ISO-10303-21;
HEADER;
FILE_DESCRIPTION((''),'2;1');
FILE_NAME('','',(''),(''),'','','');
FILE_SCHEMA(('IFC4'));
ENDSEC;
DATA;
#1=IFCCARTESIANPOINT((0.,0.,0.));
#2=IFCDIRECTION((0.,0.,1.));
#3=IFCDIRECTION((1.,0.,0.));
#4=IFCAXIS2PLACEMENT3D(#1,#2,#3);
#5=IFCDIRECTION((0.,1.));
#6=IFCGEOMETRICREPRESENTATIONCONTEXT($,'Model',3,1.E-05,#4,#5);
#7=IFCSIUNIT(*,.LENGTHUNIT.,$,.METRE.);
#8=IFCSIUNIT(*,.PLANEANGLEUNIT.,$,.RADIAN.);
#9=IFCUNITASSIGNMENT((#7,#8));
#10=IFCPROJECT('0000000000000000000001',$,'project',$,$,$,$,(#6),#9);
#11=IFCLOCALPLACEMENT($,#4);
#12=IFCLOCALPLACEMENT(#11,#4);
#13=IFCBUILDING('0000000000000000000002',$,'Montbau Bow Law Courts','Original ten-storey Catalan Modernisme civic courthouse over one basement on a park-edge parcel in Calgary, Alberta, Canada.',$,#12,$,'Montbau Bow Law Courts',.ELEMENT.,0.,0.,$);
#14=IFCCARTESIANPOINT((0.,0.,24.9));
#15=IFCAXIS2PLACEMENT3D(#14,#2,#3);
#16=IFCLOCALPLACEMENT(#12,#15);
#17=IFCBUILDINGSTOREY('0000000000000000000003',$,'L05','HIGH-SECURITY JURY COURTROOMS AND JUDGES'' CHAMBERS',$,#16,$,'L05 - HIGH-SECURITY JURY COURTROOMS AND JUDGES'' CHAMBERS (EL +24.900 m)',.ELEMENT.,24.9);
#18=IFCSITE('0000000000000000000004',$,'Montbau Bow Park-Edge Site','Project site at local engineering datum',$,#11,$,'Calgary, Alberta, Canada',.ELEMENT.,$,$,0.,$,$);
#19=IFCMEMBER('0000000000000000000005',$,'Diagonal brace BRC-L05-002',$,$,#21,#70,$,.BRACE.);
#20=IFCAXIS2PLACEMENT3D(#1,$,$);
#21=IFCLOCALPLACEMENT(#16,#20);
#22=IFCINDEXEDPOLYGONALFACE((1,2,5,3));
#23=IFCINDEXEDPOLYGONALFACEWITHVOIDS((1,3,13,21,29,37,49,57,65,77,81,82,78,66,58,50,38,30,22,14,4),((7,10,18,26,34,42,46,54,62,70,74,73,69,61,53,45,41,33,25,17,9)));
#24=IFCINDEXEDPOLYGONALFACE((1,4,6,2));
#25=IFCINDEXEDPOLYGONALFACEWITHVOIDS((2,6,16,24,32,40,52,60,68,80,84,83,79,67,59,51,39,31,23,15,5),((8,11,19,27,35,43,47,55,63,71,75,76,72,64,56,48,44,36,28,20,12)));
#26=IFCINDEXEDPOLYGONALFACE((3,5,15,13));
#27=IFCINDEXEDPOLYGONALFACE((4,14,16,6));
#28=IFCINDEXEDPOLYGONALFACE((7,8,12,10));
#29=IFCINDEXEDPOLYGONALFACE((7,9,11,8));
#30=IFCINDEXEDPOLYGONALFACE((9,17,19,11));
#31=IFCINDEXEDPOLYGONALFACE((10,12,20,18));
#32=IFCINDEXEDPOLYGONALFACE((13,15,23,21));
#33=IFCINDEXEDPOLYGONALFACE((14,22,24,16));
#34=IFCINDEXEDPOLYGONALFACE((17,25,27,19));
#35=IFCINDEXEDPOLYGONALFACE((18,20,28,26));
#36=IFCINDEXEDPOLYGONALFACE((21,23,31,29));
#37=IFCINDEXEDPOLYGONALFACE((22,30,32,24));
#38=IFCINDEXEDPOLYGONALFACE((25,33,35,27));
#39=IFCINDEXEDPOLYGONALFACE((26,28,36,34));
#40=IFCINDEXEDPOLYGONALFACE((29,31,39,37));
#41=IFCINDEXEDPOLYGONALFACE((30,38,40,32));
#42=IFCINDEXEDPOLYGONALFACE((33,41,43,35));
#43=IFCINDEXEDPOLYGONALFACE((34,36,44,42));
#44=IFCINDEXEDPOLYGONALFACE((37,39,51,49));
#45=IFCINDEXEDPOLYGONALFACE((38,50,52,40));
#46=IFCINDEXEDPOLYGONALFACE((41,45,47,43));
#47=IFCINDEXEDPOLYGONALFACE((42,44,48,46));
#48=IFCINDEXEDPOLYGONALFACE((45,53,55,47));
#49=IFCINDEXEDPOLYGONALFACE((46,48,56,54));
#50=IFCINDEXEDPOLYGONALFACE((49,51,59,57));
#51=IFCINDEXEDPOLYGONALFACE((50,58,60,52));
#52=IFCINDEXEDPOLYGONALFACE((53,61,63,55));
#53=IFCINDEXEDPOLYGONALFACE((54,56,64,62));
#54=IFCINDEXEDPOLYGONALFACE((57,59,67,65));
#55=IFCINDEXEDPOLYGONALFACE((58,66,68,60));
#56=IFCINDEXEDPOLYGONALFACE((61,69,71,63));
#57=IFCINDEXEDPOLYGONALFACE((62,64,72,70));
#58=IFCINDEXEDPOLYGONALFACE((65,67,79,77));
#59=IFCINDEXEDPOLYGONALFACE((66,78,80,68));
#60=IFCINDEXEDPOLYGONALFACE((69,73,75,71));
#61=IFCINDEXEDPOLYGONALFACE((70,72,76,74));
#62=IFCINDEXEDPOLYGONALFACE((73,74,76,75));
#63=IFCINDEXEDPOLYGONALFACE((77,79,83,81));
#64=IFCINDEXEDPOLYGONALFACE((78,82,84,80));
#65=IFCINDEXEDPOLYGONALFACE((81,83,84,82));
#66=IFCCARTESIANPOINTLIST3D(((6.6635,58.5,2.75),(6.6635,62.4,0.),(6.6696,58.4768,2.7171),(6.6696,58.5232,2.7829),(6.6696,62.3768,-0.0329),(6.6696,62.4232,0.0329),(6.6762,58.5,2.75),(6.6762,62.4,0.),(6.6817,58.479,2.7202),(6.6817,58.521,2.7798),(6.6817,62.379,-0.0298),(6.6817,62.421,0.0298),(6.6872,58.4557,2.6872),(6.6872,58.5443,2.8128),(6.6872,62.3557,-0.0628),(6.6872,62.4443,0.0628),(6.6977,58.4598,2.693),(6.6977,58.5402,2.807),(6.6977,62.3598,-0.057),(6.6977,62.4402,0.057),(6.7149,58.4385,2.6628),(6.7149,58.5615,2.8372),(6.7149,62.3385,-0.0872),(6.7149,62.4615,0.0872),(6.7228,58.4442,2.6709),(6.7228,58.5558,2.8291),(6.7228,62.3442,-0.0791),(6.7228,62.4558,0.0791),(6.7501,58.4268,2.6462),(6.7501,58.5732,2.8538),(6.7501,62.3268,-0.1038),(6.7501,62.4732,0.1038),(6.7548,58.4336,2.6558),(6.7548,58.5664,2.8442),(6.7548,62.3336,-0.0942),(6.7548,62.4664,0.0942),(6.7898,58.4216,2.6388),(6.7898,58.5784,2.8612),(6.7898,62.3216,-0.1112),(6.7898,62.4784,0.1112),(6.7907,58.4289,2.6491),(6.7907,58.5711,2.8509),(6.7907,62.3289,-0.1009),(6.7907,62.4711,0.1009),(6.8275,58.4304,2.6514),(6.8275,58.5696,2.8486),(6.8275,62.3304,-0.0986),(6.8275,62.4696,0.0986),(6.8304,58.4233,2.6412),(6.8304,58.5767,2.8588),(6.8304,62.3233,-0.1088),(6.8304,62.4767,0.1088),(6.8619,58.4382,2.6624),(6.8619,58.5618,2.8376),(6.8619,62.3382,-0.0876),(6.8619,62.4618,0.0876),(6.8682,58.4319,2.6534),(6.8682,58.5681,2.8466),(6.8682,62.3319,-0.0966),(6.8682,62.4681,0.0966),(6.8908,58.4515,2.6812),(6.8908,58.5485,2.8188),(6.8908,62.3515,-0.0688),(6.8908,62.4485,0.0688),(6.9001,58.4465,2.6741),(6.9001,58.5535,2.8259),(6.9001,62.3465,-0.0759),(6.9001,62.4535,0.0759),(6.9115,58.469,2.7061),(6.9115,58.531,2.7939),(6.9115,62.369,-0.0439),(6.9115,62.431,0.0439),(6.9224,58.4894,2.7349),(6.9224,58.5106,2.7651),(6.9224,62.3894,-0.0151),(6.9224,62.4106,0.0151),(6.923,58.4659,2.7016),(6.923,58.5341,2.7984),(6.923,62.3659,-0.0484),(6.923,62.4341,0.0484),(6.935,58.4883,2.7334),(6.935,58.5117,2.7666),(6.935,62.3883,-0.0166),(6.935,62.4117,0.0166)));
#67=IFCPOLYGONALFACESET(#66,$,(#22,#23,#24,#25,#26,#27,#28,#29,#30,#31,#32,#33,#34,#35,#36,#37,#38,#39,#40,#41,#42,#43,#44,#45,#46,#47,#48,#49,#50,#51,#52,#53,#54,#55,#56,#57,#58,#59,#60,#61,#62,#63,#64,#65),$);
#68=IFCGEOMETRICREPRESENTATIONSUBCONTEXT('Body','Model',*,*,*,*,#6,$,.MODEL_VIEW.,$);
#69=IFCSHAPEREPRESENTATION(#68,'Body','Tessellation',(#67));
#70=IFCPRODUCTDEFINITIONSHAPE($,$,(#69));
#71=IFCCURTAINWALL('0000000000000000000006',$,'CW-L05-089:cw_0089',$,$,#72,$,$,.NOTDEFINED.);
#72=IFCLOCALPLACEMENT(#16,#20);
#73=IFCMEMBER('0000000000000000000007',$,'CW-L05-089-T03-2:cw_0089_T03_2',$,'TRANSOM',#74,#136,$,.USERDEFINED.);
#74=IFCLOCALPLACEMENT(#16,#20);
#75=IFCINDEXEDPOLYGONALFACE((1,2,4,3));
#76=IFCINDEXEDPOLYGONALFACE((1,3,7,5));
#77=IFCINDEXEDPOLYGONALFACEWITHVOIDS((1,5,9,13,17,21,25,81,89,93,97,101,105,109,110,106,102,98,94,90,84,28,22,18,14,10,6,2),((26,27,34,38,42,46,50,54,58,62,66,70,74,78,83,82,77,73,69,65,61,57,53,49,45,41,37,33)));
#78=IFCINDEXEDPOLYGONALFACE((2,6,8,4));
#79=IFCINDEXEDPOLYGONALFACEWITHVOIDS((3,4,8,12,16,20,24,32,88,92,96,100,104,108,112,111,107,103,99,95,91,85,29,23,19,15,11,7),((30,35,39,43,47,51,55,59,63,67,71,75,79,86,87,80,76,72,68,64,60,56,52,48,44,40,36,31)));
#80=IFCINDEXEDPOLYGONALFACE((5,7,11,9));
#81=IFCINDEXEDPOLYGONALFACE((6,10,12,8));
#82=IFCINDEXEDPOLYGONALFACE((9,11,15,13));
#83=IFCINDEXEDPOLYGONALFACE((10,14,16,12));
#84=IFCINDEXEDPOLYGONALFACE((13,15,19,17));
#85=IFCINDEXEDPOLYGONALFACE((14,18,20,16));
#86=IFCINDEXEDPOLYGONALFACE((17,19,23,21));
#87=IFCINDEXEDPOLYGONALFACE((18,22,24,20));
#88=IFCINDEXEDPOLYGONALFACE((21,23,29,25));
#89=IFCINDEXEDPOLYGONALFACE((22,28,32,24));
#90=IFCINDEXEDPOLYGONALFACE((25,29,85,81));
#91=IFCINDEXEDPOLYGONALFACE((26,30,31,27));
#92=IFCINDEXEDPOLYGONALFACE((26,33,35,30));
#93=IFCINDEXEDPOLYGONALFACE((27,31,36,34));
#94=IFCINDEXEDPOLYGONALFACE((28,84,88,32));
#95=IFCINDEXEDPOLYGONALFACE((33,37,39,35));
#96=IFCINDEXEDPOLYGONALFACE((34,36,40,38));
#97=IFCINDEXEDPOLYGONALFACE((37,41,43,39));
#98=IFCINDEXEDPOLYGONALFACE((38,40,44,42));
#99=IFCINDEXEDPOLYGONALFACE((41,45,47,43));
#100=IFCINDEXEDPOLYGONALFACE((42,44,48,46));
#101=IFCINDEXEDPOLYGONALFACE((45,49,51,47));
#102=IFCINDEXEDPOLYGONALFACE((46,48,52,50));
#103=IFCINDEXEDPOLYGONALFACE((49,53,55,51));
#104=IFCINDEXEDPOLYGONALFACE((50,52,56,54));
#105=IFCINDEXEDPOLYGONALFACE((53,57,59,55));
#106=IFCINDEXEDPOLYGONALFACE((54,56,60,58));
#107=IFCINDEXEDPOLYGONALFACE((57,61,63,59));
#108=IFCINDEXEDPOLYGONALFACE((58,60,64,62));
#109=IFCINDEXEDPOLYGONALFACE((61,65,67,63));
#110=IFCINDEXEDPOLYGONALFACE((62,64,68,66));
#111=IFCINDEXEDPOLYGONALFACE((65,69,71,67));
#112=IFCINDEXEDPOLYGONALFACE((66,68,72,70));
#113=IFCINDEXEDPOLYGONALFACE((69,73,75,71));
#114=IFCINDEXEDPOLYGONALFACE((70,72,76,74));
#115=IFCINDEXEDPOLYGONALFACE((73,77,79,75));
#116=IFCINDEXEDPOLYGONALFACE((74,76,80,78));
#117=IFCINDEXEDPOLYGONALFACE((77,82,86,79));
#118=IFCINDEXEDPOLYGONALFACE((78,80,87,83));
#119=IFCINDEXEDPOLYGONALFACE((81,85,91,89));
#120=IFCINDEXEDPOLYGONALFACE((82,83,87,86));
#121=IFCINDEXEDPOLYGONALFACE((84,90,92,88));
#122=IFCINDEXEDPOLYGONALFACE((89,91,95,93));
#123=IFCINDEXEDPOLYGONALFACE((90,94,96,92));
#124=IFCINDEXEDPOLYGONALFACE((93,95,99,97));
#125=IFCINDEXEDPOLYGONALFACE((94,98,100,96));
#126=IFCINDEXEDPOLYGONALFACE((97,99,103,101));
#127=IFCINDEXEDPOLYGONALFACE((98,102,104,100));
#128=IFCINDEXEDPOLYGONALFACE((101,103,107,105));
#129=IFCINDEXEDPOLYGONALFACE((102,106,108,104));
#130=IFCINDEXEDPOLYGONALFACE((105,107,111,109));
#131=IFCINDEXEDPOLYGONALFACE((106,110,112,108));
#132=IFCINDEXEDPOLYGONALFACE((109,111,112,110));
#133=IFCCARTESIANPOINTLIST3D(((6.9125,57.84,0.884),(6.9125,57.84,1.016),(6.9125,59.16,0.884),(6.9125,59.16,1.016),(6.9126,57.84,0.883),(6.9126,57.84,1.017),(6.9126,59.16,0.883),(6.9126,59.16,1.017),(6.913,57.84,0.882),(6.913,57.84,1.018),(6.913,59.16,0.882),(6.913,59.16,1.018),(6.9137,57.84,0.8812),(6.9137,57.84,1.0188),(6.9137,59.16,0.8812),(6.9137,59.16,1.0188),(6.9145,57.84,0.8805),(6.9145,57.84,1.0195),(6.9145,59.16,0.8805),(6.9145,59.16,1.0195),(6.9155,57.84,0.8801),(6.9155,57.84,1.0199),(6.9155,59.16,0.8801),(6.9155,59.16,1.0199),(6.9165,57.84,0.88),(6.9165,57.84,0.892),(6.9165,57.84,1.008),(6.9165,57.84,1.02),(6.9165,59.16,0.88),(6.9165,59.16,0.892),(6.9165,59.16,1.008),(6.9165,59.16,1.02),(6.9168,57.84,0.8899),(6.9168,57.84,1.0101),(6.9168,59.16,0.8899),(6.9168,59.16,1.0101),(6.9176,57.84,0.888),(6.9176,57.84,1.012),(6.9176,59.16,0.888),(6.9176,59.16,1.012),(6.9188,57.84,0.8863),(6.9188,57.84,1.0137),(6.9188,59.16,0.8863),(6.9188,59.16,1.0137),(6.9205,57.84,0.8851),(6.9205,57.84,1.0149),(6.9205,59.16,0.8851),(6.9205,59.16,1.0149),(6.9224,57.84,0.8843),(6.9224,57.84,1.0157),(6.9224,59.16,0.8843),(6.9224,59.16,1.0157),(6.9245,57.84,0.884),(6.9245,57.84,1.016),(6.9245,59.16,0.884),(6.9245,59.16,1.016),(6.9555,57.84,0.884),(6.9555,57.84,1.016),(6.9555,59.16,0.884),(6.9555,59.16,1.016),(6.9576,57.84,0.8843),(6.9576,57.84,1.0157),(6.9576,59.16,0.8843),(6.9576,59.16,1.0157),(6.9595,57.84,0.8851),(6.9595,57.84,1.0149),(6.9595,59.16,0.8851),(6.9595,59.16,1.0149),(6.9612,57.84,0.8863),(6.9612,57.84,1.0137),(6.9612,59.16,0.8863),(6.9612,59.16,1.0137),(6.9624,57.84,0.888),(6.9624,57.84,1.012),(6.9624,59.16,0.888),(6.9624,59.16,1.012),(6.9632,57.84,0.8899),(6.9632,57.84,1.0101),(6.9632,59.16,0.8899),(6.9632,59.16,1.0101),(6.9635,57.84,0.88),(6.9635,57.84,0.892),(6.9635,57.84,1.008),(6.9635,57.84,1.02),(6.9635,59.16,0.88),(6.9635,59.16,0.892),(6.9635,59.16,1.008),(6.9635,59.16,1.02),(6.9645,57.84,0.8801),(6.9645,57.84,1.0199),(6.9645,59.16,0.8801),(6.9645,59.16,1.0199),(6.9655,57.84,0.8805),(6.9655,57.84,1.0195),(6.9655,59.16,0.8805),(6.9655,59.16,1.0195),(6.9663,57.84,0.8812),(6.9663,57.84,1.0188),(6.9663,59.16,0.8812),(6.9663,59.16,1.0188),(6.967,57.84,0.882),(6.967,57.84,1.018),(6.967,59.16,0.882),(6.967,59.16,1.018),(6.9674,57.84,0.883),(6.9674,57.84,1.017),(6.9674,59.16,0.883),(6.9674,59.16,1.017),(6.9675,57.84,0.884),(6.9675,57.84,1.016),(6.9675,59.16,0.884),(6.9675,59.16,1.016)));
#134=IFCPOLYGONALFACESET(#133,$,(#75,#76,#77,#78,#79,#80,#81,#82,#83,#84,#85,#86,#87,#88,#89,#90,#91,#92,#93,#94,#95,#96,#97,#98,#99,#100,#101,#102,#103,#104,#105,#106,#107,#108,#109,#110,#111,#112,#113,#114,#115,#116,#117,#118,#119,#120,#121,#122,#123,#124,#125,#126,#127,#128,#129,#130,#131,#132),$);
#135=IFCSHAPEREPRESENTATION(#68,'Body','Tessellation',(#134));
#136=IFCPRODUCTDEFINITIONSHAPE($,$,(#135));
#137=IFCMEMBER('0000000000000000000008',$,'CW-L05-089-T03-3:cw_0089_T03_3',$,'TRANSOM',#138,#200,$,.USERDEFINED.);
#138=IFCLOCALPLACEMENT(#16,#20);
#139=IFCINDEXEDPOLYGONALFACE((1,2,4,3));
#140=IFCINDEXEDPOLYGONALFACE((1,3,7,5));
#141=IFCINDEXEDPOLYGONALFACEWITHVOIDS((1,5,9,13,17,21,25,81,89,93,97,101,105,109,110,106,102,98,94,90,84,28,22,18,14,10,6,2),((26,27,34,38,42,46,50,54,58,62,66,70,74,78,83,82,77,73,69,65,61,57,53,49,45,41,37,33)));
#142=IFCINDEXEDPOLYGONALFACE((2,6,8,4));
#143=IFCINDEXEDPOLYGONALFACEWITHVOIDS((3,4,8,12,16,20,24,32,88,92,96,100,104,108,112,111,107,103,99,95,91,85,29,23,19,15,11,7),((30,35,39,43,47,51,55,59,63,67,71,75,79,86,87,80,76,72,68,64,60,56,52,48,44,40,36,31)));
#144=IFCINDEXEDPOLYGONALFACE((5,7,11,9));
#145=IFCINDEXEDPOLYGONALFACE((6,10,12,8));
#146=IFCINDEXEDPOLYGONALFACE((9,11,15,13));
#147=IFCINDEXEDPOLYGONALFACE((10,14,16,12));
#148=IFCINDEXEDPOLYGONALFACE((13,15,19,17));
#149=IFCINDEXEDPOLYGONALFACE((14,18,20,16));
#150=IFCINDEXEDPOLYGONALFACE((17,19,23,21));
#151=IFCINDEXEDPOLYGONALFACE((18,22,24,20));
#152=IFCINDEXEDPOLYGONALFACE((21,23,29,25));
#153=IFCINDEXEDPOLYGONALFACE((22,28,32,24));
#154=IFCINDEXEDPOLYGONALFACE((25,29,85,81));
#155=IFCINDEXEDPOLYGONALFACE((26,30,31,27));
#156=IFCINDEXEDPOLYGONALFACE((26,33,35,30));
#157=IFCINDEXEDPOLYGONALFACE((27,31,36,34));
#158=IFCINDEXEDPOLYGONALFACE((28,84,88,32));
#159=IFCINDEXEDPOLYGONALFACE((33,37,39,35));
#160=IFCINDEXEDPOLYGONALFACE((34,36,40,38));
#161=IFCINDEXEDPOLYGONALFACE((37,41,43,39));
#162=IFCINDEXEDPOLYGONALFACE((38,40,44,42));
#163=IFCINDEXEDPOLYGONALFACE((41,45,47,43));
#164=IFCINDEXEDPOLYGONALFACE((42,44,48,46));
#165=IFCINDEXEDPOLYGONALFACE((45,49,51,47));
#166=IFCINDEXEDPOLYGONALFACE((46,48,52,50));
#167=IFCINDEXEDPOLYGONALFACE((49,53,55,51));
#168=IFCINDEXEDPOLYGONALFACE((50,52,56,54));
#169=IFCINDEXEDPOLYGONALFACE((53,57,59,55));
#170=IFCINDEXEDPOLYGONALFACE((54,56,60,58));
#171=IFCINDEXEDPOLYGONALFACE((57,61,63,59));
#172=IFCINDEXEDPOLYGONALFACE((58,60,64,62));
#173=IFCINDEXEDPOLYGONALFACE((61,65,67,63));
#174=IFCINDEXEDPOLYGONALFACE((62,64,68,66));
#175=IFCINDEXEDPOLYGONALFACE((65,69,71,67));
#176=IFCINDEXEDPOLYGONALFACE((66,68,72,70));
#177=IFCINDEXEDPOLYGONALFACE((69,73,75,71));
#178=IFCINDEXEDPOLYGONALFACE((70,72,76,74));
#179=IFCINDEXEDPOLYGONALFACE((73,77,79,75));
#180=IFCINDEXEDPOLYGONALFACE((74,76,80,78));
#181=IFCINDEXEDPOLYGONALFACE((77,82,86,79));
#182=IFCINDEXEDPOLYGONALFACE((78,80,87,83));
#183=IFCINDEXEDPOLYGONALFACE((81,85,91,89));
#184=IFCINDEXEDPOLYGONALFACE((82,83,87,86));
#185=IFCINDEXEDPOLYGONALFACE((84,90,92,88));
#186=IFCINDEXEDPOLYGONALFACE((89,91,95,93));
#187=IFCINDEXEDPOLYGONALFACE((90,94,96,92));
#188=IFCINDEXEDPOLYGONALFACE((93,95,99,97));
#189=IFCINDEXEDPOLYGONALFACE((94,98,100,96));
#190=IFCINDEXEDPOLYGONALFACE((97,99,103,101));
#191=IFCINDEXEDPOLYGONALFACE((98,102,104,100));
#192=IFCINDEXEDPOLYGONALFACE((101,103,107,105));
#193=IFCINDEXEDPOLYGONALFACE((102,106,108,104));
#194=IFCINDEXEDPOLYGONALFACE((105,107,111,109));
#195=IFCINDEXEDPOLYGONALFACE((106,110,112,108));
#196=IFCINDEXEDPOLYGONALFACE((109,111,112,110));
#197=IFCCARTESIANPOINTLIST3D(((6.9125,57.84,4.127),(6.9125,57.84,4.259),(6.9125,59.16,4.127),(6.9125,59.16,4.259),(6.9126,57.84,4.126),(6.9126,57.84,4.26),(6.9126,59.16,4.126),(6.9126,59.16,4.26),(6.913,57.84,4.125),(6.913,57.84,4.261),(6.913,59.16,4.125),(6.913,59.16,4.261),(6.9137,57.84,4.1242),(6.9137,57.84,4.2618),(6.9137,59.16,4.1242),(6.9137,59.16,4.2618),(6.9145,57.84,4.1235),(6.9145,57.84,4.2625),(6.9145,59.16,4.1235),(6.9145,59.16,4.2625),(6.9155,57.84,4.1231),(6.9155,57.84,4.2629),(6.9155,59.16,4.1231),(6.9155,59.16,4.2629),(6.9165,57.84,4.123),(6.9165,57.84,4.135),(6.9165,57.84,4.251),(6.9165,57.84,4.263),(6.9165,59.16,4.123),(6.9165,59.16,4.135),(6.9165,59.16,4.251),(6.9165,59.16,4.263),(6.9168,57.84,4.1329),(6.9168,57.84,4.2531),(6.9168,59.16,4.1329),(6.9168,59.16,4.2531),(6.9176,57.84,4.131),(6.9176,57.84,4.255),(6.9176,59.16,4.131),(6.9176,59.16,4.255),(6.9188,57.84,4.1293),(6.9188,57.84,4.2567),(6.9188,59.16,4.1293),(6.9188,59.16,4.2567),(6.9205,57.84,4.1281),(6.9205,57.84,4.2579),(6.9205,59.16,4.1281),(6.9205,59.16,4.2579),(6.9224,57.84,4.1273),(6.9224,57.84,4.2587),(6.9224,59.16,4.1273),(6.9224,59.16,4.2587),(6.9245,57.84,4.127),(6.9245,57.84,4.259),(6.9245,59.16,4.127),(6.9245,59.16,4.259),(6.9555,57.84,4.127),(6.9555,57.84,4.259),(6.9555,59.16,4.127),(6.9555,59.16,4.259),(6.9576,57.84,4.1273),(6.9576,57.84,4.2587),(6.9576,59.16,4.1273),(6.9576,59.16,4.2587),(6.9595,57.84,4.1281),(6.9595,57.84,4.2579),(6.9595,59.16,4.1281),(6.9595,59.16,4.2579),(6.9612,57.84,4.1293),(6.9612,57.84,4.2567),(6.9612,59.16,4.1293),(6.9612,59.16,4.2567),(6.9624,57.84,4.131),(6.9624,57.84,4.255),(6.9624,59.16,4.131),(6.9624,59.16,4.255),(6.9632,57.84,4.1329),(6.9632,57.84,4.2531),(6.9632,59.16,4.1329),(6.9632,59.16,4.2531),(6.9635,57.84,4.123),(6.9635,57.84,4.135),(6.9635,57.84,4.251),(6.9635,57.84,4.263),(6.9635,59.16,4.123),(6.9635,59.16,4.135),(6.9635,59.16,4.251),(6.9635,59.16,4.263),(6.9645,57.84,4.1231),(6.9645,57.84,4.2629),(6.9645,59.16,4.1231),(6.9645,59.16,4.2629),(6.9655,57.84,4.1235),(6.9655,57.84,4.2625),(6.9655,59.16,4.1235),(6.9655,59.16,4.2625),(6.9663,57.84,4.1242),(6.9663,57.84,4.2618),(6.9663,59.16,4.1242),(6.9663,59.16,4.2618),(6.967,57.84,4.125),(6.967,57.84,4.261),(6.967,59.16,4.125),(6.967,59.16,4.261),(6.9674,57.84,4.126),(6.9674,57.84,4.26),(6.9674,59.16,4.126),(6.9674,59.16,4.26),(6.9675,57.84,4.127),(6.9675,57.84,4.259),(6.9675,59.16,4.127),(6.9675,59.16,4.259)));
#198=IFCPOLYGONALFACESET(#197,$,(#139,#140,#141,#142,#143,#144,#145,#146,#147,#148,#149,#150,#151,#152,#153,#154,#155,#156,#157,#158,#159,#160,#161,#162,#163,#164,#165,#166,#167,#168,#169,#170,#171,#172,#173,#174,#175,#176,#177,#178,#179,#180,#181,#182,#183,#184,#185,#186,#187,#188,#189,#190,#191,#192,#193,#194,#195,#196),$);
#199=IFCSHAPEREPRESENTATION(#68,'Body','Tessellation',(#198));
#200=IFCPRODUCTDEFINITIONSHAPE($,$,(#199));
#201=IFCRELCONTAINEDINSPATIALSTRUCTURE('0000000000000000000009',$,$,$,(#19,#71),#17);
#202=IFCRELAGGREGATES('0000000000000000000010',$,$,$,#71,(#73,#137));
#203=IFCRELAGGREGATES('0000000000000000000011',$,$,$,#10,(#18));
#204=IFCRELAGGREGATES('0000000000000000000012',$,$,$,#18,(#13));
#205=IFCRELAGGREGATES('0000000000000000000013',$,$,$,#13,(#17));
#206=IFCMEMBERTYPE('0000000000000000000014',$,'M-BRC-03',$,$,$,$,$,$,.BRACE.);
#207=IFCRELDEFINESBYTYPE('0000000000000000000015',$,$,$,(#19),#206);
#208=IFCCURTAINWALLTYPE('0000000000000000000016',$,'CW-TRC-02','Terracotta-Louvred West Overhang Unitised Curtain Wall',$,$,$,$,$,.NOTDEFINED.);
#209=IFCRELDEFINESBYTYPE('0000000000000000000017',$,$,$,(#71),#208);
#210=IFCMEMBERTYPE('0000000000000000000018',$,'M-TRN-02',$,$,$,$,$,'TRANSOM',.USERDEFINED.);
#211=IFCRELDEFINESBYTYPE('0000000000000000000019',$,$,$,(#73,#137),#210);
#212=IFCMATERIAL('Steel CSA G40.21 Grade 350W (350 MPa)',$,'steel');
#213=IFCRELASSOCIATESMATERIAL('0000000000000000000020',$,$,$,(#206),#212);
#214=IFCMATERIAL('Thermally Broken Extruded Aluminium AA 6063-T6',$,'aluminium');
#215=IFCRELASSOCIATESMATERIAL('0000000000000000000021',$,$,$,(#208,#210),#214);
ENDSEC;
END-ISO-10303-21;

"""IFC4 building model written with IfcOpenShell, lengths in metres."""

from ifc_helpers import new_model, si_unit, direction, frame, origin_with_axes, origin_2d_with_axis, place, context, subcontext, project, spatial, hollow_rectangle, hollow_circle, extrude, material, material_profile, profile_set, type_object, element, aggregate, save


model = new_model("IFC4")

# Units and contexts
model_context = context("Model", 3, precision=1e-05, world=origin_with_axes(), true_north=direction((0.0, 1.0)))
body_context = subcontext(model_context, "Body", "Model", "MODEL_VIEW")
ifc_project = project(units=[si_unit("LENGTHUNIT", "METRE"), si_unit("PLANEANGLEUNIT", "RADIAN")], contexts=[model_context])

# Site, building, storey
site_placement = place(None, origin_with_axes())
site = spatial("IfcSite", under=ifc_project, at=site_placement, Name="Montbau Bow Park-Edge Site", Description="Project site at local engineering datum", LongName="Calgary, Alberta, Canada", CompositionType="ELEMENT", RefElevation=0.0)
building_placement = place(site_placement, origin_with_axes())
building = spatial("IfcBuilding", under=site, at=building_placement, Name="Montbau Bow Law Courts", Description="Original ten-storey Catalan Modernisme civic courthouse over one basement on a park-edge parcel in Calgary, Alberta, Canada.", LongName="Montbau Bow Law Courts", CompositionType="ELEMENT", ElevationOfRefHeight=0.0, ElevationOfTerrain=0.0)
storey_placement = place(building_placement, frame((0.0, 0.0, 24.9), z_axis=(0.0, 0.0, 1.0), x_axis=(1.0, 0.0, 0.0)))
storey = spatial("IfcBuildingStorey", under=building, at=storey_placement, Name="L05", Description="HIGH-SECURITY JURY COURTROOMS AND JUDGES' CHAMBERS", LongName="L05 - HIGH-SECURITY JURY COURTROOMS AND JUDGES' CHAMBERS (EL +24.900 m)", CompositionType="ELEMENT", Elevation=24.9)

# Member
ifc_material_1 = material(Name="Steel CSA G40.21 Grade 350W (350 MPa)", Category="steel")
ifc_material_profile_1 = material_profile(ifc_material_1, hollow_circle(Radius=0.1365, WallThickness=0.0127, at=origin_2d_with_axis()), Name="HSS273X13", Category="Main", Priority=0)
ifc_profile_set_1 = profile_set([ifc_material_profile_1], Name="Steel CSA G40.21 Grade 350W (350 MPa)")
member_type_1 = type_object("IfcMemberType", Name="M-BRC-03", PredefinedType="BRACE", material=ifc_profile_set_1)
member_1_placement = place(None, frame((6.8, 58.5, 27.65), z_axis=(0.0, 0.817258, -0.576272), x_axis=(-1.0, 0.0, 0.0)))
element("IfcMember", 1, at=member_1_placement, inside=storey, type_object=member_type_1, Name="Diagonal brace BRC-L05-002", PredefinedType="BRACE", context=body_context, shape_type="SweptSolid", body=[
    extrude(hollow_circle(Radius=0.1365, WallThickness=0.0127, at=origin_2d_with_axis()), origin_with_axes(), (0.0, 0.0, 1.0), 4.7721),
])

# Curtain wall, members
ifc_material_2 = material(Name="Thermally Broken Extruded Aluminium AA 6063-T6", Category="aluminium")
curtain_wall_type = type_object("IfcCurtainWallType", Name="CW-TRC-02", Description="Terracotta-Louvred West Overhang Unitised Curtain Wall", PredefinedType="NOTDEFINED", material=ifc_material_2)
curtain_wall_1_placement = place(None, frame((6.94, 55.04, 24.9), z_axis=(0.0, 0.0, 1.0), x_axis=(1.0, 0.0, 0.0)))
curtain_wall_1 = element("IfcCurtainWall", 2, at=curtain_wall_1_placement, inside=storey, type_object=curtain_wall_type, Name="CW-L05-089:cw_0089", PredefinedType="NOTDEFINED")
ifc_material_profile_2 = material_profile(ifc_material_2, hollow_rectangle(XDim=0.055, YDim=0.14, WallThickness=0.004, InnerFilletRadius=0.008, OuterFilletRadius=0.004, at=origin_2d_with_axis()), Name="CWT-140X55", Category="Main", Priority=0)
ifc_profile_set_2 = profile_set([ifc_material_profile_2], Name="Thermally Broken Extruded Aluminium AA 6063-T6")
member_type_2 = type_object("IfcMemberType", Name="M-TRN-02", ElementType="TRANSOM", PredefinedType="USERDEFINED", material=ifc_profile_set_2)
member_2_placement = place(None, frame((6.94, 57.84, 25.85), z_axis=(0.0, 1.0, 0.0), x_axis=(-1.0, 0.0, 0.0)))
member_2 = element("IfcMember", 3, at=member_2_placement, type_object=member_type_2, Name="CW-L05-089-T03-2:cw_0089_T03_2", ObjectType="TRANSOM", PredefinedType="USERDEFINED", context=body_context, shape_type="SweptSolid", body=[
    extrude(hollow_rectangle(XDim=0.055, YDim=0.14, WallThickness=0.004, InnerFilletRadius=0.008, OuterFilletRadius=0.004, at=origin_2d_with_axis()), origin_with_axes(), (0.0, 0.0, 1.0), 1.32),
])
member_3_placement = place(None, frame((6.94, 57.84, 29.093), z_axis=(0.0, 1.0, 0.0), x_axis=(-1.0, 0.0, 0.0)))
member_3 = element("IfcMember", 4, at=member_3_placement, type_object=member_type_2, Name="CW-L05-089-T03-3:cw_0089_T03_3", ObjectType="TRANSOM", PredefinedType="USERDEFINED", context=body_context, shape_type="SweptSolid", body=[
    extrude(hollow_rectangle(XDim=0.055, YDim=0.14, WallThickness=0.004, InnerFilletRadius=0.008, OuterFilletRadius=0.004, at=origin_2d_with_axis()), origin_with_axes(), (0.0, 0.0, 1.0), 1.32),
])

aggregate(curtain_wall_1, [member_2, member_3])

save(model, "model.ifc")
